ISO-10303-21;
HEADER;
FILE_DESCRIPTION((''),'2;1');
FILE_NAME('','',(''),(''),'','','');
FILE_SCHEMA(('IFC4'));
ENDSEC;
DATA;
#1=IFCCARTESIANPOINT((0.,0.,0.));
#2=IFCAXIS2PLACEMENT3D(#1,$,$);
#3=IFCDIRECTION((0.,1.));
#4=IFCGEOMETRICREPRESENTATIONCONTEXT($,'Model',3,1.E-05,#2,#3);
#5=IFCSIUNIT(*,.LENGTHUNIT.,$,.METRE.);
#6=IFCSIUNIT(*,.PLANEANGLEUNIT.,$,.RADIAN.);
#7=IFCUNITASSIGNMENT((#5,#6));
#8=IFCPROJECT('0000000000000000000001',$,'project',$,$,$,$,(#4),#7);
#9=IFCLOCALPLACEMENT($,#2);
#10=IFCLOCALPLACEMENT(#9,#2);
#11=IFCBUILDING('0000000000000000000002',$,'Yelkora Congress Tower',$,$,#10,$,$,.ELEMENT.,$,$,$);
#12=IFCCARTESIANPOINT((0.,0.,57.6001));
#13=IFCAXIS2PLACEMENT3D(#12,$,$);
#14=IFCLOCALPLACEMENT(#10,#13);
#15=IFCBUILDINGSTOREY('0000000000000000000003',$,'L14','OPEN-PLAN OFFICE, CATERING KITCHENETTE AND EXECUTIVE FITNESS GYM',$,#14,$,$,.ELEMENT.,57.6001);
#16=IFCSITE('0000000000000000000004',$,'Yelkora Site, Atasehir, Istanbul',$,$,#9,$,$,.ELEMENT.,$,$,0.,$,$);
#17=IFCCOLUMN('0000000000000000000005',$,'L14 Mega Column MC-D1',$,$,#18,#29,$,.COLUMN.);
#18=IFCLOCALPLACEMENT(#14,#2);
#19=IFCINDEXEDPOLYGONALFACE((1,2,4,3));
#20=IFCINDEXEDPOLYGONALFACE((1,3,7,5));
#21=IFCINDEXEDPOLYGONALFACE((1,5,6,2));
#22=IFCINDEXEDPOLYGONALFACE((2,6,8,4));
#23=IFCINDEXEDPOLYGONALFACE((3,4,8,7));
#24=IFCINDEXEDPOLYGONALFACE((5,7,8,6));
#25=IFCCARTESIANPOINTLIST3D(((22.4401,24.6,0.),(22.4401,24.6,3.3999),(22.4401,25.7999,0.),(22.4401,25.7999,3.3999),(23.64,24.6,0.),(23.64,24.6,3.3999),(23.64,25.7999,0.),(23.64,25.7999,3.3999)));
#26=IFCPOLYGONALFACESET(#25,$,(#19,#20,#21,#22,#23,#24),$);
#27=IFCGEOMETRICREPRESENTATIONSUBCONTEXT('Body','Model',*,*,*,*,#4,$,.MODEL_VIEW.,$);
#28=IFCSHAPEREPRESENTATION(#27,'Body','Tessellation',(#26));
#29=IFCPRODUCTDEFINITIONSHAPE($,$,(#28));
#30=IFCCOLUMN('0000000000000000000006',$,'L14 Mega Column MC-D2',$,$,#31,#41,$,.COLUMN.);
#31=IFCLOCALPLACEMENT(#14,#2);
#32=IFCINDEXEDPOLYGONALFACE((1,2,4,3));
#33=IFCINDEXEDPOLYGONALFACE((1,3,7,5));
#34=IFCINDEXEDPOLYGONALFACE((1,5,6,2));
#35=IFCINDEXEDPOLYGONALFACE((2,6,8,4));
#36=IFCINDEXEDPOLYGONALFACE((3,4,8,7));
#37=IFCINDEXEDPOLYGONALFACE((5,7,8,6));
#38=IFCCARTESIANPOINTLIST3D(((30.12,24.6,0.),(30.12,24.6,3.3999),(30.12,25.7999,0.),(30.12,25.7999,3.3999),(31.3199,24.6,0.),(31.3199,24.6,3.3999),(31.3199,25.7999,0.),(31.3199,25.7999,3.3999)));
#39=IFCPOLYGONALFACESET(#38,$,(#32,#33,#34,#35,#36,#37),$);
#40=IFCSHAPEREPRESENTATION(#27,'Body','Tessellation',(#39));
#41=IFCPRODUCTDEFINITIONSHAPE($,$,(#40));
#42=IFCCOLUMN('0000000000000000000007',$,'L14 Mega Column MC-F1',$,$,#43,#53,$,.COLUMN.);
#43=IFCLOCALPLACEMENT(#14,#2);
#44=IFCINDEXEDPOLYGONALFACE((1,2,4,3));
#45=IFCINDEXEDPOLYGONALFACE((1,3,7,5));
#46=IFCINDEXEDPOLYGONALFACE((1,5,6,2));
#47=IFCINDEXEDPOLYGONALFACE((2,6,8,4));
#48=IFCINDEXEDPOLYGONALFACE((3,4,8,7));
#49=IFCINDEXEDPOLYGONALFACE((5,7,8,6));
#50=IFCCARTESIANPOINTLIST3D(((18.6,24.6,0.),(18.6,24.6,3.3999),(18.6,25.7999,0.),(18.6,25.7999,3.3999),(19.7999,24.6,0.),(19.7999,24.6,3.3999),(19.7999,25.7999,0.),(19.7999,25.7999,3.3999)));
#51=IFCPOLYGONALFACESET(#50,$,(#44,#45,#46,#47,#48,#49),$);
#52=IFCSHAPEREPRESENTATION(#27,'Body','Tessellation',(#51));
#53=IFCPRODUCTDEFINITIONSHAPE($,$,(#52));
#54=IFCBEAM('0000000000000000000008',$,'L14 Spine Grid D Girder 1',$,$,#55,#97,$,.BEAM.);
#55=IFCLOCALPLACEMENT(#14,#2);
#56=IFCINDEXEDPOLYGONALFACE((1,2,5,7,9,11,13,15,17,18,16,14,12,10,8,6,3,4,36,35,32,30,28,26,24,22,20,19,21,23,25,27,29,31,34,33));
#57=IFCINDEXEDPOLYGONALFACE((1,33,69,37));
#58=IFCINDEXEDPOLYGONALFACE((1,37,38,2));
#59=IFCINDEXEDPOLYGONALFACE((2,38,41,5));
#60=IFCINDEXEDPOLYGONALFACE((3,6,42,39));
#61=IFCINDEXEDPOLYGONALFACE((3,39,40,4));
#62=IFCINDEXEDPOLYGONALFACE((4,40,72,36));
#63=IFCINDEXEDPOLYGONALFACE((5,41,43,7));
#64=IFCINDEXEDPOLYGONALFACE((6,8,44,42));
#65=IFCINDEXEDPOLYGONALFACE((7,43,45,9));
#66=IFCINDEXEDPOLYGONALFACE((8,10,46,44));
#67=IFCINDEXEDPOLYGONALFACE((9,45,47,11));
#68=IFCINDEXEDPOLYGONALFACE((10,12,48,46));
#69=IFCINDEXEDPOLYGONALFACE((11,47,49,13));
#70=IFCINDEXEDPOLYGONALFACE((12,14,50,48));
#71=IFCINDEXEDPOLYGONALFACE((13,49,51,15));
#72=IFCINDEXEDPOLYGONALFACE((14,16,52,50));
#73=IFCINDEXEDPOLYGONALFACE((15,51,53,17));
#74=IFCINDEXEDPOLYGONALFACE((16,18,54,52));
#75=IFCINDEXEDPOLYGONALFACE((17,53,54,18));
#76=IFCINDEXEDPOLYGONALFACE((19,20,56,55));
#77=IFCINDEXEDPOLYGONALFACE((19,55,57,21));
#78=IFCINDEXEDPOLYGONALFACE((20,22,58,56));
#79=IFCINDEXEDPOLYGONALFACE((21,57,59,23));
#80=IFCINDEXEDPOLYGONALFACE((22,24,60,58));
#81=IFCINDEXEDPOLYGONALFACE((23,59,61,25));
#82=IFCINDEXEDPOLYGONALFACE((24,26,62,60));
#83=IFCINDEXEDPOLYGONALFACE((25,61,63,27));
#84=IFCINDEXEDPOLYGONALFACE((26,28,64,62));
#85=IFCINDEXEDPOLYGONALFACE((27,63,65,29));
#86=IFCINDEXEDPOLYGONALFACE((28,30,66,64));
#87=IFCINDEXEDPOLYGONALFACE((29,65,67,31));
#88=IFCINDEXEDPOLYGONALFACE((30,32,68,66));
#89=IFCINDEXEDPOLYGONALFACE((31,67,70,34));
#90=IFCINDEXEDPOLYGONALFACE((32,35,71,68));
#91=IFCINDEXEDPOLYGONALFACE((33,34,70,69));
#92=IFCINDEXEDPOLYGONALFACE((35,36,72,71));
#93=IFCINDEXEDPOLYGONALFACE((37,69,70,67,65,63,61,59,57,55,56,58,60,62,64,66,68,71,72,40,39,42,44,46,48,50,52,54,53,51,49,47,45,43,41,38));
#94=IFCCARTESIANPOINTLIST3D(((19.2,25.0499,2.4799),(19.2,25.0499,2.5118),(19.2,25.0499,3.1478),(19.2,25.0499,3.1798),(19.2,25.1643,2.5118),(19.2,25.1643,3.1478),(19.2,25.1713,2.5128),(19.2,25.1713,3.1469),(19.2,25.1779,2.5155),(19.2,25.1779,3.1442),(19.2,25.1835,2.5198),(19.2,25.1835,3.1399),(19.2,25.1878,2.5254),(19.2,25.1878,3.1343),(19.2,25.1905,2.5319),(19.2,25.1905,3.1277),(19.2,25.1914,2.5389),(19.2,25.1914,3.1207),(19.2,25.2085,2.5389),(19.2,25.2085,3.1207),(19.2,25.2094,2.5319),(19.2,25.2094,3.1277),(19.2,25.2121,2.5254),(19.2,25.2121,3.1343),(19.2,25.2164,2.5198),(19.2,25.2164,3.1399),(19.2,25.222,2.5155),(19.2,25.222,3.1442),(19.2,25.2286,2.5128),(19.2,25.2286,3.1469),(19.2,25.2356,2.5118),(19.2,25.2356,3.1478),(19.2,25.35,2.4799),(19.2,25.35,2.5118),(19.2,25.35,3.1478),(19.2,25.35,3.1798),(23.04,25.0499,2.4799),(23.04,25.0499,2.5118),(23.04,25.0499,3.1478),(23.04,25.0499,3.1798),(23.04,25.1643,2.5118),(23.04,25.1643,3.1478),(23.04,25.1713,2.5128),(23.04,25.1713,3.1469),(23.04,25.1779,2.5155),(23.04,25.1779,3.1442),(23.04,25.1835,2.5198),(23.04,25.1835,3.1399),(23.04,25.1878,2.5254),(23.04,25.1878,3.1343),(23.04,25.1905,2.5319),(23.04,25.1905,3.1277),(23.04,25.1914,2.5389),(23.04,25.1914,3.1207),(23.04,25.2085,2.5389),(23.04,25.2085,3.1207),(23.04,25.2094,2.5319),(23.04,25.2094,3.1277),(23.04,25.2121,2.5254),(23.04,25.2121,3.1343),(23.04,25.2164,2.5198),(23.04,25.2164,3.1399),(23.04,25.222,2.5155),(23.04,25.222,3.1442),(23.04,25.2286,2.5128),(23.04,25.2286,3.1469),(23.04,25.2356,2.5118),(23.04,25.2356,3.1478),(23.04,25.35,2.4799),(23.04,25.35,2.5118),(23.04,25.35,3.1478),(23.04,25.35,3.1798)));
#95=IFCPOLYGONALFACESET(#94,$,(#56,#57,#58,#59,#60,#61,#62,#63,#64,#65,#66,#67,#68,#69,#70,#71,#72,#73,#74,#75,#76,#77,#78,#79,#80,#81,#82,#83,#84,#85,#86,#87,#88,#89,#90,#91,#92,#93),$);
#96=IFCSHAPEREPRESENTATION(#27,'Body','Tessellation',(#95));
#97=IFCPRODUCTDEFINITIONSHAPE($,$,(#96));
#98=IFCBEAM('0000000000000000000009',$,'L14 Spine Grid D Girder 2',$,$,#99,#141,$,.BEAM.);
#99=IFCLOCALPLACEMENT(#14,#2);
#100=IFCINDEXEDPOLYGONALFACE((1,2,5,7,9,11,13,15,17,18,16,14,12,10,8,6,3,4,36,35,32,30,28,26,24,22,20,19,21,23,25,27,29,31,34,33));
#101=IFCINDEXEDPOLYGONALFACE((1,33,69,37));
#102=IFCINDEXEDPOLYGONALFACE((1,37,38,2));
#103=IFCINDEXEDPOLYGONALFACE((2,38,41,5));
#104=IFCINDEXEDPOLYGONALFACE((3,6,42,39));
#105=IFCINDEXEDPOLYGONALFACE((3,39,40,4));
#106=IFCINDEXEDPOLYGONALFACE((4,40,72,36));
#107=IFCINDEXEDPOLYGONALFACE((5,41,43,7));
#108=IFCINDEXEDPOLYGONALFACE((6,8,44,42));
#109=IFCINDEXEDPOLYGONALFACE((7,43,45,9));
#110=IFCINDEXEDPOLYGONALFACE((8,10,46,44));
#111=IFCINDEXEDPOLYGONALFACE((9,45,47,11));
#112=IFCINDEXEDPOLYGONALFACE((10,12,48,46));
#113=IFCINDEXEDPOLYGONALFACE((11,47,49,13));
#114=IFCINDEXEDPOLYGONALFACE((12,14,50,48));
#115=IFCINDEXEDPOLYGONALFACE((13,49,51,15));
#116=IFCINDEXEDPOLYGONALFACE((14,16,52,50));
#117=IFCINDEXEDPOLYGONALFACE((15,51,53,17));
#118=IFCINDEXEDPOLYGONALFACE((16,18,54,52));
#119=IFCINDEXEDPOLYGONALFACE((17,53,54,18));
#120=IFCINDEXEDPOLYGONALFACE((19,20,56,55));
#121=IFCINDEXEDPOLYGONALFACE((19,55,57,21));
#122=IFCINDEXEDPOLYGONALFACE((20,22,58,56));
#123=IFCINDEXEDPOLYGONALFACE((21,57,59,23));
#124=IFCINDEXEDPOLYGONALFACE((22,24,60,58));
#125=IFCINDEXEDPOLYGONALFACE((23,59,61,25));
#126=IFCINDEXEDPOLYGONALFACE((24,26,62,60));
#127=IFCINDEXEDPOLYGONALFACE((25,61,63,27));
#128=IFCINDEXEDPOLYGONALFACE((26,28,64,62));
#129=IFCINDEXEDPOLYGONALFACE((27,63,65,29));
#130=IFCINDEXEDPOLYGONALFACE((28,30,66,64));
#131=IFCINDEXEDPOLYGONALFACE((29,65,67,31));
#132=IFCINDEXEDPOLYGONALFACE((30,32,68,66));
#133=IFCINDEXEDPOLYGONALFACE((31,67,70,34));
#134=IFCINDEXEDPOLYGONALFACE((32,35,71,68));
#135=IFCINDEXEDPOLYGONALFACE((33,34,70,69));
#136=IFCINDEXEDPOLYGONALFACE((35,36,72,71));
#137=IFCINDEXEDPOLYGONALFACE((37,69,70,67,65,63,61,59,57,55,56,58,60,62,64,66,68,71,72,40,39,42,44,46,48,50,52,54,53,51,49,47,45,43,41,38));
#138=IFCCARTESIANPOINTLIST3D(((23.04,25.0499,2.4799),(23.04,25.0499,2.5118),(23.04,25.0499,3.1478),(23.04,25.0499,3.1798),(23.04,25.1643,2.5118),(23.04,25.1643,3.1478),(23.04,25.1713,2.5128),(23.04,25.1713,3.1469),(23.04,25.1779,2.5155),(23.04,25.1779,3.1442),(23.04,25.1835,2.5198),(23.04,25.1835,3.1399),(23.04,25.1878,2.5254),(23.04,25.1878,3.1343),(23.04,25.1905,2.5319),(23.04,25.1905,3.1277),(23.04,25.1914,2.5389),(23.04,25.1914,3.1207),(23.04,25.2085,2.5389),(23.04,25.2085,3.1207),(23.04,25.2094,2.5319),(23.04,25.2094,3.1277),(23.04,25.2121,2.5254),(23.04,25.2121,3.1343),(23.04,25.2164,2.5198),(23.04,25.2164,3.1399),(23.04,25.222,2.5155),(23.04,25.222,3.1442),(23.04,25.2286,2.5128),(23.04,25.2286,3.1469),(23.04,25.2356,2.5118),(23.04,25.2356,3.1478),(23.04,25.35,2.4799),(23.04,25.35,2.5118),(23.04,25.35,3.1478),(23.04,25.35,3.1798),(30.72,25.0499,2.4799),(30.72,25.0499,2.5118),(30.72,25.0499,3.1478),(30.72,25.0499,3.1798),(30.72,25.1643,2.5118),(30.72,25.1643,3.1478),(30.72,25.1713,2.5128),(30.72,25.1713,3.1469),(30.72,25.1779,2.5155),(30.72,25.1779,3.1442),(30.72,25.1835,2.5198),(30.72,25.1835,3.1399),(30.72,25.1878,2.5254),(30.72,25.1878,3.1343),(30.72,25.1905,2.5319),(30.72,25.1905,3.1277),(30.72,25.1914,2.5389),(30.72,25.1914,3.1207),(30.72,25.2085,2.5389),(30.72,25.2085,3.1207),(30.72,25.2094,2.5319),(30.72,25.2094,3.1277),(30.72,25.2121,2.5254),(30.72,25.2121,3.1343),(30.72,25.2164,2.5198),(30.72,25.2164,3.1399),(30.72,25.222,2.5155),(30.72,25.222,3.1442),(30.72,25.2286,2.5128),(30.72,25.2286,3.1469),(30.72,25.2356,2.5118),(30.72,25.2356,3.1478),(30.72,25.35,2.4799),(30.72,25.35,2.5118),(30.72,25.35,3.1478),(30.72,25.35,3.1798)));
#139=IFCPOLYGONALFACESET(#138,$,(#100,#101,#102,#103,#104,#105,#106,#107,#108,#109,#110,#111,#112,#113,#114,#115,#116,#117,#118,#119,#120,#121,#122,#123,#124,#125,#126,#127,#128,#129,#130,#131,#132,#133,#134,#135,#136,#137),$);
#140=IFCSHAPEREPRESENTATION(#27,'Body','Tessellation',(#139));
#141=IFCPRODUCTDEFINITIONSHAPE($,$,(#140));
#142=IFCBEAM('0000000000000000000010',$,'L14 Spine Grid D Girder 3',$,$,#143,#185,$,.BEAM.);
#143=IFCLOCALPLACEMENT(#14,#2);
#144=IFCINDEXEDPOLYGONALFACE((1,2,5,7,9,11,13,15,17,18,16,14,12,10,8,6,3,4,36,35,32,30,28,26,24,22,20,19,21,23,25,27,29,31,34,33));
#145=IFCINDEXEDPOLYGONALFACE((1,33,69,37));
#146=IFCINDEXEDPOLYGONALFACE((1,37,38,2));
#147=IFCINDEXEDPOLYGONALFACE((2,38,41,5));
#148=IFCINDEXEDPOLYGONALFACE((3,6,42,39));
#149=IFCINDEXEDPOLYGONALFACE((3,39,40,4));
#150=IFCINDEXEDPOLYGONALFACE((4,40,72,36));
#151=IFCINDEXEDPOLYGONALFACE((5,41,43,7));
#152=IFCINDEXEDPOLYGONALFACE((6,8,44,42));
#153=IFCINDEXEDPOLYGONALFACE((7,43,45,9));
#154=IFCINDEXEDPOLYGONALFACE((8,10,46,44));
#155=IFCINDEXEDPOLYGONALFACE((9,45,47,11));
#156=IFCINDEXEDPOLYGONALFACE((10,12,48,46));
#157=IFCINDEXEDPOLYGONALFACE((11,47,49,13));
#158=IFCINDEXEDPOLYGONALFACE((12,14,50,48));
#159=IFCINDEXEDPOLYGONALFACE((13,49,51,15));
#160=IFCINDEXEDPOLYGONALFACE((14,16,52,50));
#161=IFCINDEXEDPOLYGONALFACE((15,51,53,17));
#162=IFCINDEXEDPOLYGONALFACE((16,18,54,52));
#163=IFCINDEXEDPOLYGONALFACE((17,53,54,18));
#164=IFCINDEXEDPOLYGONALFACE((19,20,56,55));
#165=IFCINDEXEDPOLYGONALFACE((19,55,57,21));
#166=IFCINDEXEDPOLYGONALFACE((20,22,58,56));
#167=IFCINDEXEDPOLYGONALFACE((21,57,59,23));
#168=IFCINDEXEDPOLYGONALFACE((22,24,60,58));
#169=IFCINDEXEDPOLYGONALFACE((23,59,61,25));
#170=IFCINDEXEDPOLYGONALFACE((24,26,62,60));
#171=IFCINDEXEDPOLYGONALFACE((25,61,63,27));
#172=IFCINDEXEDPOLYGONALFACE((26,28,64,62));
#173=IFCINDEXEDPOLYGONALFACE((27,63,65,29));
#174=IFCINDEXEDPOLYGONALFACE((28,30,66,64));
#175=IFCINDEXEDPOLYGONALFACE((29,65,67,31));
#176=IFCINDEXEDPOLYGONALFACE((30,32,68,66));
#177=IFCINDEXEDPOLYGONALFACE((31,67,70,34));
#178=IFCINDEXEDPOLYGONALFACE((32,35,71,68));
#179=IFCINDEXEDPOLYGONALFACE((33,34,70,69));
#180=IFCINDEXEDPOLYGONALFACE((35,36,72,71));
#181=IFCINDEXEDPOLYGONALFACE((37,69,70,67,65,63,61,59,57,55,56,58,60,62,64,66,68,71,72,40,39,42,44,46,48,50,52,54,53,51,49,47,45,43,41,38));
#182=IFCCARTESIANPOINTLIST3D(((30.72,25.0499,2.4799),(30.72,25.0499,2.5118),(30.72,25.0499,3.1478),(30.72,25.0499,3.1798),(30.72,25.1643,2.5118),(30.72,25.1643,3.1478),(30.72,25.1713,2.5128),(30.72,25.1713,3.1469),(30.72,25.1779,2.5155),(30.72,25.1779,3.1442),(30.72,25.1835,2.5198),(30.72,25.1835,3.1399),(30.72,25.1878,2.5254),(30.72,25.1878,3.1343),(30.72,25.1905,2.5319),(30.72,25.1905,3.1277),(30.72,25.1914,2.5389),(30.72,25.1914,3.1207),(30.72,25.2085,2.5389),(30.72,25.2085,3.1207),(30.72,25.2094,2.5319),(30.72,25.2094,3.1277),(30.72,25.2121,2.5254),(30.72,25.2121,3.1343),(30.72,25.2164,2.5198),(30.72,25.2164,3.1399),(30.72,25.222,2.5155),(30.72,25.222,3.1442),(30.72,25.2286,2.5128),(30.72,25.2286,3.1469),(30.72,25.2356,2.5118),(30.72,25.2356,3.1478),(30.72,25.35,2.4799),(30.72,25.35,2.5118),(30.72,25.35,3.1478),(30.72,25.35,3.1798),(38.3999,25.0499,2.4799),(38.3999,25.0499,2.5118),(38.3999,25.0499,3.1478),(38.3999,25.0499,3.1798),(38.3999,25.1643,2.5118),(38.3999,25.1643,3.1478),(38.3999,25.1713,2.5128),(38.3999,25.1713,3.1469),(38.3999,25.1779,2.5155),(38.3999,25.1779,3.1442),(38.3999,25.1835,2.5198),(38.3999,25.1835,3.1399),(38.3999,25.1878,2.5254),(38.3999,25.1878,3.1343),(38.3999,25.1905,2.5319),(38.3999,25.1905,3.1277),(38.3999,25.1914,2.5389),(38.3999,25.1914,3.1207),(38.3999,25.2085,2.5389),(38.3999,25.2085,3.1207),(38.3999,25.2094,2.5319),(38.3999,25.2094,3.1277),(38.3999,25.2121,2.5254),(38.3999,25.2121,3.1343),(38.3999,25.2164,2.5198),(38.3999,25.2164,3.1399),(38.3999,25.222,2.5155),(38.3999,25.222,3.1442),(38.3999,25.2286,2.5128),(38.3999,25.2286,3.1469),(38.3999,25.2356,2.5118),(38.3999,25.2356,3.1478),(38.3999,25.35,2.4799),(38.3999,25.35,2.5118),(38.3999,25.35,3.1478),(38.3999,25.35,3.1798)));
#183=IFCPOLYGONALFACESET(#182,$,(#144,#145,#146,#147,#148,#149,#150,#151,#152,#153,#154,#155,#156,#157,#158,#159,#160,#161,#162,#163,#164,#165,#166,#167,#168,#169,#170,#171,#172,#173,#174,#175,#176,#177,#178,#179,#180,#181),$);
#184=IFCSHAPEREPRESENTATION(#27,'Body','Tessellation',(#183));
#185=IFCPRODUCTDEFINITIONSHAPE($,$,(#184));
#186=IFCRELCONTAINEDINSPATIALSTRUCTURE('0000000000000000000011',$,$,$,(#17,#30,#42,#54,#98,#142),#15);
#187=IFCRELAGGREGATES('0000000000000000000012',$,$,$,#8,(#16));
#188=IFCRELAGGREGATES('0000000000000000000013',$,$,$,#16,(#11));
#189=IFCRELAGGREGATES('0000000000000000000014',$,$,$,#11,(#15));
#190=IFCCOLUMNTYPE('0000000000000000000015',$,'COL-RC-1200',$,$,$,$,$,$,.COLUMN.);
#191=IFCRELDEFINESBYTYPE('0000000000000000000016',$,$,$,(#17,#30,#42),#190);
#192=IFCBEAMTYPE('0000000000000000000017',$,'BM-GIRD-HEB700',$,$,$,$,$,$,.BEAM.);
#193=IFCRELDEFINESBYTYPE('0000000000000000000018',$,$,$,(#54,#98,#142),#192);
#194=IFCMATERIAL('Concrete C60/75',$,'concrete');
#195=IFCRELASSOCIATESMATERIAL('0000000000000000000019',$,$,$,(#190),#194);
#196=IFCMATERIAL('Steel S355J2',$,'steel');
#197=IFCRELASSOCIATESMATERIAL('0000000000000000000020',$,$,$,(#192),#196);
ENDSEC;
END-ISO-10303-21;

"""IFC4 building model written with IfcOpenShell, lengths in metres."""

from ifc_helpers import new_model, si_unit, direction, frame, origin, origin_2d, place, context, subcontext, project, spatial, rectangle, i_section, extrude, material, material_profile, profile_set, type_object, element, save


model = new_model("IFC4")

# Units and contexts
model_context = context("Model", 3, precision=1e-05, world=origin(), true_north=direction((0.0, 1.0)))
body_context = subcontext(model_context, "Body", "Model", "MODEL_VIEW")
ifc_project = project(units=[si_unit("LENGTHUNIT", "METRE"), si_unit("PLANEANGLEUNIT", "RADIAN")], contexts=[model_context])

# Site, building, storey
site_placement = place(None, origin())
site = spatial("IfcSite", under=ifc_project, at=site_placement, Name="Yelkora Site, Atasehir, Istanbul", CompositionType="ELEMENT", RefElevation=0.0)
building_placement = place(site_placement, origin())
building = spatial("IfcBuilding", under=site, at=building_placement, Name="Yelkora Congress Tower", CompositionType="ELEMENT")
storey_placement = place(building_placement, frame((0.0, 0.0, 57.6001)))
storey = spatial("IfcBuildingStorey", under=building, at=storey_placement, Name="L14", Description="OPEN-PLAN OFFICE, CATERING KITCHENETTE AND EXECUTIVE FITNESS GYM", CompositionType="ELEMENT", Elevation=57.6001)

# Columns
ifc_material_1 = material(Name="Concrete C60/75", Category="concrete")
ifc_material_profile_1 = material_profile(ifc_material_1, rectangle(XDim=1.2, YDim=1.2, at=origin_2d()), Name="RC 1200x1200")
ifc_profile_set_1 = profile_set([ifc_material_profile_1], Name="Concrete C60/75")
column_type = type_object("IfcColumnType", Name="COL-RC-1200", PredefinedType="COLUMN", material=ifc_profile_set_1)
for number, where, z_axis, x_axis, name in (
    (1, (23.04, 25.2, 0.0), (0.0, 0.0, 1.0), (1.0, 0.0, 0.0), "L14 Mega Column MC-D1"),
    (2, (30.72, 25.2, 0.0), (0.0, 0.0, 1.0), (1.0, 0.0, 0.0), "L14 Mega Column MC-D2"),
    (3, (19.2, 25.2, 0.0), (0.0, 0.0, 1.0), (1.0, 0.0, 0.0), "L14 Mega Column MC-F1"),
):
    element("IfcColumn", number, at=place(storey_placement, frame(where, z_axis=z_axis, x_axis=x_axis)), inside=storey, type_object=column_type, Name=name, PredefinedType="COLUMN", context=body_context, shape_type="SweptSolid", body=[
        extrude(rectangle(XDim=1.2, YDim=1.2, at=origin_2d()), origin(), (0.0, 0.0, 1.0), 3.3999),
    ])

# Beams
ifc_material_2 = material(Name="Steel S355J2", Category="steel")
ifc_material_profile_2 = material_profile(ifc_material_2, i_section(OverallWidth=0.3, OverallDepth=0.7, WebThickness=0.0171, FlangeThickness=0.032, FilletRadius=0.0271, at=origin_2d()), Name="HEB 700")
ifc_profile_set_2 = profile_set([ifc_material_profile_2], Name="Steel S355J2")
beam_type_1 = type_object("IfcBeamType", Name="BM-GIRD-HEB700", PredefinedType="BEAM", material=ifc_profile_set_2)
beam_1_placement = place(storey_placement, frame((19.2, 25.2, 2.8298), z_axis=(1.0, 0.0, 0.0), x_axis=(0.0, 1.0, 0.0)))
element("IfcBeam", 4, at=beam_1_placement, inside=storey, type_object=beam_type_1, Name="L14 Spine Grid D Girder 1", PredefinedType="BEAM", context=body_context, shape_type="SweptSolid", body=[
    extrude(i_section(OverallWidth=0.3, OverallDepth=0.7, WebThickness=0.0171, FlangeThickness=0.032, FilletRadius=0.0271, at=origin_2d()), origin(), (0.0, 0.0, 1.0), 3.8401),
])
for number, where, z_axis, x_axis, name in (
    (5, (23.04, 25.2, 2.8298), (1.0, 0.0, 0.0), (0.0, 1.0, 0.0), "L14 Spine Grid D Girder 2"),
    (6, (30.72, 25.2, 2.8298), (1.0, 0.0, 0.0), (0.0, 1.0, 0.0), "L14 Spine Grid D Girder 3"),
):
    element("IfcBeam", number, at=place(storey_placement, frame(where, z_axis=z_axis, x_axis=x_axis)), inside=storey, type_object=beam_type_1, Name=name, PredefinedType="BEAM", context=body_context, shape_type="SweptSolid", body=[
        extrude(i_section(OverallWidth=0.3, OverallDepth=0.7, WebThickness=0.0171, FlangeThickness=0.032, FilletRadius=0.0271, at=origin_2d()), origin(), (0.0, 0.0, 1.0), 7.6799),
    ])

save(model, "model.ifc")
